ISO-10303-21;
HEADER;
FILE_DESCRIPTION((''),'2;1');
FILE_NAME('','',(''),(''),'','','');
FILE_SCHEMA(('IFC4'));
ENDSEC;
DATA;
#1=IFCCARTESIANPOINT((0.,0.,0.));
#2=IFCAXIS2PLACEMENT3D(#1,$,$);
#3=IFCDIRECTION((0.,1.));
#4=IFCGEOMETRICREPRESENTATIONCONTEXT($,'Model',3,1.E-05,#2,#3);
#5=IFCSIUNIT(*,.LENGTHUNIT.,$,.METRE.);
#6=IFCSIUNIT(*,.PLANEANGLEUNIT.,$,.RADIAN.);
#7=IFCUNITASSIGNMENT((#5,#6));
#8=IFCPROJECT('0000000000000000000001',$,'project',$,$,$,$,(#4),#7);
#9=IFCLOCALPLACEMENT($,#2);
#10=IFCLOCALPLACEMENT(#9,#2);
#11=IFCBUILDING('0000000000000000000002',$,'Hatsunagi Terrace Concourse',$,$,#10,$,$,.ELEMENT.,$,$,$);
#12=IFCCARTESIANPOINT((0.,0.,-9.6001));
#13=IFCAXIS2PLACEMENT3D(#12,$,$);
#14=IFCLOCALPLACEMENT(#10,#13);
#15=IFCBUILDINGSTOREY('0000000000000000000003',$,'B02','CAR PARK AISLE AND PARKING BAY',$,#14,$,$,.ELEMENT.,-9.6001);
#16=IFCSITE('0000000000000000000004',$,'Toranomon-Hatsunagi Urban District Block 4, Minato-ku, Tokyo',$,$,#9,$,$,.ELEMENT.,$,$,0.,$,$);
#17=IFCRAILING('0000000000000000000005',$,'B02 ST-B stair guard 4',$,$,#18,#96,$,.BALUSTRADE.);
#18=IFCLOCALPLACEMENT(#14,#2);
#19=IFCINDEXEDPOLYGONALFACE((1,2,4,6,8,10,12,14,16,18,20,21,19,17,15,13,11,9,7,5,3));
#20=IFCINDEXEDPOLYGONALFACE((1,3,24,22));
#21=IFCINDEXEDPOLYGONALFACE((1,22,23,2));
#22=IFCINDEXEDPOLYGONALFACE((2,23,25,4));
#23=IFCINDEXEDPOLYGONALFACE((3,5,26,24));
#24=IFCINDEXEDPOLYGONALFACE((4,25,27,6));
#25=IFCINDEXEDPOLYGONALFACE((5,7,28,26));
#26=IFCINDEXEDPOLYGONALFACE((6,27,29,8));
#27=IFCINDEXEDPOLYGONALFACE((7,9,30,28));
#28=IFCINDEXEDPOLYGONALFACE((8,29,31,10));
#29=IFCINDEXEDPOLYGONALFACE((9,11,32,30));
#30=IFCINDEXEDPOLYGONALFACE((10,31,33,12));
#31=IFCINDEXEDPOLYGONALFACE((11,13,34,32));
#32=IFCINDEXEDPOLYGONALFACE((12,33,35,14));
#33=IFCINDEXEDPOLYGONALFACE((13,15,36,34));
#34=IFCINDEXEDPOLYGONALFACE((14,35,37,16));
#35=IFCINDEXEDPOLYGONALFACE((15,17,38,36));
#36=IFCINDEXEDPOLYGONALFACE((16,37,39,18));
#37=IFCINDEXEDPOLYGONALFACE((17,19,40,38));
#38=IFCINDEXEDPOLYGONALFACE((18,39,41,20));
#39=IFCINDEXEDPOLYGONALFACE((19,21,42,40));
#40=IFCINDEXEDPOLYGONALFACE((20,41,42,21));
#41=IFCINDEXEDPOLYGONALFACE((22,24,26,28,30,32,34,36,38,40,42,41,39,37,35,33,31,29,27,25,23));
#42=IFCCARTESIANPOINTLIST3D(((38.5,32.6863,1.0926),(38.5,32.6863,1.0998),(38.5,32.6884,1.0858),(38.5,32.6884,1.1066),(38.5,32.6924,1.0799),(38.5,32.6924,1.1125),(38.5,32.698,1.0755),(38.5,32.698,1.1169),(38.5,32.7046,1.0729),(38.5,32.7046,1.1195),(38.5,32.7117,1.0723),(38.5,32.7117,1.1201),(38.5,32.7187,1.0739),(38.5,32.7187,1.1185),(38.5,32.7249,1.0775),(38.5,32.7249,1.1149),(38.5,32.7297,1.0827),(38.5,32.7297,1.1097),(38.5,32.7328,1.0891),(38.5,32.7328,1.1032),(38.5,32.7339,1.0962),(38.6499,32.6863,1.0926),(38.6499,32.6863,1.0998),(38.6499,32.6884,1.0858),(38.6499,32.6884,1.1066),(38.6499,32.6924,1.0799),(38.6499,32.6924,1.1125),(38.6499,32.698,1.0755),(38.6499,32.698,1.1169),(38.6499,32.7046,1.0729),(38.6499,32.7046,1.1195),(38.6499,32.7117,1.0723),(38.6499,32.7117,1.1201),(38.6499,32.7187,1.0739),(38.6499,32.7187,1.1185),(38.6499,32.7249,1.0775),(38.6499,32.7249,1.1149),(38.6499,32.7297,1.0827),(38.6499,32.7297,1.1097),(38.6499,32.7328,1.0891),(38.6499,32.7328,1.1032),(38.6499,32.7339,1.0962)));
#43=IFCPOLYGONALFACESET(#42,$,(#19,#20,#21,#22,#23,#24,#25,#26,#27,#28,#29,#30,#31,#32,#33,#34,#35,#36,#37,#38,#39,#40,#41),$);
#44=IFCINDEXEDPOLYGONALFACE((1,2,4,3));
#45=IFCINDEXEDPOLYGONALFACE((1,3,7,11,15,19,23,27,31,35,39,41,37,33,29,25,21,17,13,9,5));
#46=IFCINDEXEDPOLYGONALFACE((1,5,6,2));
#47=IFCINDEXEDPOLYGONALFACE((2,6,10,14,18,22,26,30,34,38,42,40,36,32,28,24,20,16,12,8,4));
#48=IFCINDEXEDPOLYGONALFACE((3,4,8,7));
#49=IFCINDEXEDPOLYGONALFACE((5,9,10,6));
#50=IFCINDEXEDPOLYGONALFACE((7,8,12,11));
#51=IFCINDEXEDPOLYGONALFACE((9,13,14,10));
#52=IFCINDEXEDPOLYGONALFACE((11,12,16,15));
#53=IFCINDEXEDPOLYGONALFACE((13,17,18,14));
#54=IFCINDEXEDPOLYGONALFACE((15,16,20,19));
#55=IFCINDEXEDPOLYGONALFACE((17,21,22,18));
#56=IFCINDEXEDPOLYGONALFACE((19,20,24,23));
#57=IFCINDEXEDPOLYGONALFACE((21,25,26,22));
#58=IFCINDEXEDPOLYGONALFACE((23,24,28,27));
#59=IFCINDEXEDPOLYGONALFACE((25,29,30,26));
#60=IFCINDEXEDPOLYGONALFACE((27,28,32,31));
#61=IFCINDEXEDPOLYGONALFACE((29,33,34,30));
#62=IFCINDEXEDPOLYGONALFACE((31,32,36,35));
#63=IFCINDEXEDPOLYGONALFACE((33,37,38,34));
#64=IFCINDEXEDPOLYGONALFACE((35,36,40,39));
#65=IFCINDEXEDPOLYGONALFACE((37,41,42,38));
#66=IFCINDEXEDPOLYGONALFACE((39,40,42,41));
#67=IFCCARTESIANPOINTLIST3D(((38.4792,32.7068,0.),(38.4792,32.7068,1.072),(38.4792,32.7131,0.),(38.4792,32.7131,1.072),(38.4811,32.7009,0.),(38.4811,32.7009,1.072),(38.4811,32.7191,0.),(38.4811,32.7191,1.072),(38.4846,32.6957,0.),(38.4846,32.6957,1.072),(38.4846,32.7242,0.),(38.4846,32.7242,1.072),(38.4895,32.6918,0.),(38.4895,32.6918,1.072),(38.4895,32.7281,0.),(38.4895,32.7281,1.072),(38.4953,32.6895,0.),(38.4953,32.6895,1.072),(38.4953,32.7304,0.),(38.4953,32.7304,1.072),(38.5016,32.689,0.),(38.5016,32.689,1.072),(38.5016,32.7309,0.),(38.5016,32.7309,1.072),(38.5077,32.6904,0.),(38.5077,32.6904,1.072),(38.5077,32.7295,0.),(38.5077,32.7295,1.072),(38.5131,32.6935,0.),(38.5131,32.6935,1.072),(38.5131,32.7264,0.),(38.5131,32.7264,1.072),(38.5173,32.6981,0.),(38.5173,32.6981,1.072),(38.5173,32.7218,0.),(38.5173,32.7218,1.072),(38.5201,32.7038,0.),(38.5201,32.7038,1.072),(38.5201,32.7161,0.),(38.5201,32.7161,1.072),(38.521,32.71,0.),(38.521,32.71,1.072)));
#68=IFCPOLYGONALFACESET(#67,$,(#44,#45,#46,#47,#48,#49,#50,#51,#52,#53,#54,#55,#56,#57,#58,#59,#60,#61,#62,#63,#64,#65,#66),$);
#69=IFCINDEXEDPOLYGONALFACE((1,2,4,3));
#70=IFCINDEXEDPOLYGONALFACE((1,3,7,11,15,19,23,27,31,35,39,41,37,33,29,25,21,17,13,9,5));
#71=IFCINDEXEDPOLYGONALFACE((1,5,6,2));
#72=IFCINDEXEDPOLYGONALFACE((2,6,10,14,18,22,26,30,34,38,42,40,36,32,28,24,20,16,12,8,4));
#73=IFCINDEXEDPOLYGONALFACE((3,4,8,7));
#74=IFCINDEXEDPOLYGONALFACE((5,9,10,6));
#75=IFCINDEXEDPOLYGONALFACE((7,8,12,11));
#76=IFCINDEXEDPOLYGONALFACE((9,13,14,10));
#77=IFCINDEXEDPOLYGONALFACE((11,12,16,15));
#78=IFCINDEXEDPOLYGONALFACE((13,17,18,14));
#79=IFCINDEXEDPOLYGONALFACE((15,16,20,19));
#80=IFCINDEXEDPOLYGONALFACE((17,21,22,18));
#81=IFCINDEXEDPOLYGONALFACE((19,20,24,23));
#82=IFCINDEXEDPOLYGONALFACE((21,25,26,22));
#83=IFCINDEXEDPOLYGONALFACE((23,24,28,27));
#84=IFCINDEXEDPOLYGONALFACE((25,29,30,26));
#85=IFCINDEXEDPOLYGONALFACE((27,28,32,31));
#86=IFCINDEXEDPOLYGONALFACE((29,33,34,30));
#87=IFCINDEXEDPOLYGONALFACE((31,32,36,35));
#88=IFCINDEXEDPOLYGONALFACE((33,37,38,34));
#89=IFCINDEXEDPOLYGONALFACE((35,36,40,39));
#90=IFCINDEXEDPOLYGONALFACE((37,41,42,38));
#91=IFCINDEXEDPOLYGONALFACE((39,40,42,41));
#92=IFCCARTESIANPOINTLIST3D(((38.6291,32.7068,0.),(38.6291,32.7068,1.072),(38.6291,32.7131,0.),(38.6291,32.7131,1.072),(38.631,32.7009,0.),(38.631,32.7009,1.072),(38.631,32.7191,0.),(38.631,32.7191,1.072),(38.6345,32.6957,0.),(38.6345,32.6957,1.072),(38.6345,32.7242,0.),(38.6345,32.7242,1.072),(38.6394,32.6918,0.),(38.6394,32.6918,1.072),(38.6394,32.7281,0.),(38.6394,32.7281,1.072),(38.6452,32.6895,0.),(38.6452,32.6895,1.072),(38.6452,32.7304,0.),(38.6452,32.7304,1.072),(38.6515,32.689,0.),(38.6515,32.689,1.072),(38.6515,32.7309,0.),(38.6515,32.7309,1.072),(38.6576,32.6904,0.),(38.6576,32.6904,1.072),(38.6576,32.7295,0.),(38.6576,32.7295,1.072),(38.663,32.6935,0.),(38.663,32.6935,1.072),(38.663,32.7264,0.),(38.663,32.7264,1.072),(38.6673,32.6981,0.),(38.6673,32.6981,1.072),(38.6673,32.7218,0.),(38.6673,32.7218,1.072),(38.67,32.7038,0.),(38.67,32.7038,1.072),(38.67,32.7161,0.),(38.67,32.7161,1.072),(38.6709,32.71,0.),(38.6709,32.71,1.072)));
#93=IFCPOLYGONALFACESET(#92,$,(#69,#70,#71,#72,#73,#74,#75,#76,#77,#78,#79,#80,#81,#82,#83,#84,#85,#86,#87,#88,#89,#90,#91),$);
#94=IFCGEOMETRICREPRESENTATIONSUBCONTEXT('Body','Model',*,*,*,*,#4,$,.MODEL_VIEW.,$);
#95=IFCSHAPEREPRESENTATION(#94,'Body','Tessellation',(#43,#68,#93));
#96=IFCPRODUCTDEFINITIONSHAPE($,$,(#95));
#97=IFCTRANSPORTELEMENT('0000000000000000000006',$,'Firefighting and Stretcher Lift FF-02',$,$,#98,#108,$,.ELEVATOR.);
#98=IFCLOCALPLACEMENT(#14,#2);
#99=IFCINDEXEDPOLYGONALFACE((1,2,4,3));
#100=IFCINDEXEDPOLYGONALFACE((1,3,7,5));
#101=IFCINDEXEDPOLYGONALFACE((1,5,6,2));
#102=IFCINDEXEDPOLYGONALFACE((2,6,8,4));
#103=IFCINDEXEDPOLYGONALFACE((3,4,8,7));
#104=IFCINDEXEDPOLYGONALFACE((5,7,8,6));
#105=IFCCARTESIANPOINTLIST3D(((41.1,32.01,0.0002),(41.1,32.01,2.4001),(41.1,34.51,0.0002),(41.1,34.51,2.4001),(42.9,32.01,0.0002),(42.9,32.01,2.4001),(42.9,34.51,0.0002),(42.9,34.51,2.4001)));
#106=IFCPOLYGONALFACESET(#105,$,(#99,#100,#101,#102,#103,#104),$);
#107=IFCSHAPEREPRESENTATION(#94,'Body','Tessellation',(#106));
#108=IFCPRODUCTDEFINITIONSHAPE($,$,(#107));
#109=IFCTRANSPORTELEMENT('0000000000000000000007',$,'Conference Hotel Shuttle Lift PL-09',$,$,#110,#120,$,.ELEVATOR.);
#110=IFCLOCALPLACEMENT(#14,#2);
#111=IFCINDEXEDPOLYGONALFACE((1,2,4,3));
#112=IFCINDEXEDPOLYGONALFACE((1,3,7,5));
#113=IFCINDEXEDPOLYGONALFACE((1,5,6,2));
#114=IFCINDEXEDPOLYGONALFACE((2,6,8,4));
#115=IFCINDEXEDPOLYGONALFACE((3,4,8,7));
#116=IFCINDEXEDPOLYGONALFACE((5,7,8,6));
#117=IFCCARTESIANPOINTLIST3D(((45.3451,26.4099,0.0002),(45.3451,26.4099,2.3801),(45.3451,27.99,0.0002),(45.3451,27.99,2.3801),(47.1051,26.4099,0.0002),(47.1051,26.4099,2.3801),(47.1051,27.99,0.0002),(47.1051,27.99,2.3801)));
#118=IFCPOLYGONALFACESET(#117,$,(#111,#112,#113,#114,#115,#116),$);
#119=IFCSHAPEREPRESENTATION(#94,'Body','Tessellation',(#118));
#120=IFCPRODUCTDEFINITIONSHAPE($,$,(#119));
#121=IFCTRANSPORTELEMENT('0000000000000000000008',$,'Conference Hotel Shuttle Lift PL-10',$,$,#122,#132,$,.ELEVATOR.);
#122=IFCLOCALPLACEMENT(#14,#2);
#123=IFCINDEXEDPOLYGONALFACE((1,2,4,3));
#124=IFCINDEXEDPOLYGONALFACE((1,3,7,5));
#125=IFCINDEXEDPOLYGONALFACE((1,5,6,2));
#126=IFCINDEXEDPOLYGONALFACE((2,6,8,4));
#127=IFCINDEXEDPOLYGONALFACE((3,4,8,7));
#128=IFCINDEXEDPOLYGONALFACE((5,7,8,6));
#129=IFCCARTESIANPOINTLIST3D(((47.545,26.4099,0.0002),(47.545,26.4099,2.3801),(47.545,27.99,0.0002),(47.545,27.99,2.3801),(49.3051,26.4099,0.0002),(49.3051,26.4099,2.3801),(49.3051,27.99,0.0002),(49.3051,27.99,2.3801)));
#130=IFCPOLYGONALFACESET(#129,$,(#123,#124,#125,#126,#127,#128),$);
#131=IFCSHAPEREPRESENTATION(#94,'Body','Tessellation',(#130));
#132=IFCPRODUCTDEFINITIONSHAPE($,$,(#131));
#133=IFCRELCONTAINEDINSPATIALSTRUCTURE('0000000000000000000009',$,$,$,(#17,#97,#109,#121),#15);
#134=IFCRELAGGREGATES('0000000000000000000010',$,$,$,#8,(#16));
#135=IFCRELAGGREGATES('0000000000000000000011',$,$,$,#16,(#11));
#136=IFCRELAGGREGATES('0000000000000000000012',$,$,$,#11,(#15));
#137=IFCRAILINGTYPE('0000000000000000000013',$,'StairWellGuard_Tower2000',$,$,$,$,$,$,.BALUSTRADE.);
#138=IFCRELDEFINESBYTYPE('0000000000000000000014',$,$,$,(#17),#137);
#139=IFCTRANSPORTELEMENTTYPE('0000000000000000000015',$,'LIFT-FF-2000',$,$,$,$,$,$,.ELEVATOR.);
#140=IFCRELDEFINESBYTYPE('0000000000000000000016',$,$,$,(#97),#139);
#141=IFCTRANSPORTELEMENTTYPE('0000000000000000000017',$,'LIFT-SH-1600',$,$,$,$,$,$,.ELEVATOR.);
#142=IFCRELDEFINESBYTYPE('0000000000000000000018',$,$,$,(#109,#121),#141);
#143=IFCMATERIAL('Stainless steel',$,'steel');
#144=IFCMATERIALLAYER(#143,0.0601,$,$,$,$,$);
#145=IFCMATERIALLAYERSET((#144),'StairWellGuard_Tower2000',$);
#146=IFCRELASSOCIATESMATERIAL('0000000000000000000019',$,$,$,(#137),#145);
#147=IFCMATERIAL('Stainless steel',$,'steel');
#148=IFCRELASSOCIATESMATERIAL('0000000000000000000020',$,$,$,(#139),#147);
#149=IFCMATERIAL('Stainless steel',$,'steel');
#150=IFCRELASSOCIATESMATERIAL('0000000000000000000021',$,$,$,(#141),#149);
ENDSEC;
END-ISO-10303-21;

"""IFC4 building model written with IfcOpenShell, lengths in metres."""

from ifc_helpers import new_model, si_unit, direction, frame, origin, origin_2d, place, context, subcontext, project, spatial, rectangle, circle, extrude, material, layer, layer_set, type_object, element, save


model = new_model("IFC4")

# Units and contexts
model_context = context("Model", 3, precision=1e-05, world=origin(), true_north=direction((0.0, 1.0)))
body_context = subcontext(model_context, "Body", "Model", "MODEL_VIEW")
ifc_project = project(units=[si_unit("LENGTHUNIT", "METRE"), si_unit("PLANEANGLEUNIT", "RADIAN")], contexts=[model_context])

# Site, building, storey
site_placement = place(None, origin())
site = spatial("IfcSite", under=ifc_project, at=site_placement, Name="Toranomon-Hatsunagi Urban District Block 4, Minato-ku, Tokyo", CompositionType="ELEMENT", RefElevation=0.0)
building_placement = place(site_placement, origin())
building = spatial("IfcBuilding", under=site, at=building_placement, Name="Hatsunagi Terrace Concourse", CompositionType="ELEMENT")
storey_placement = place(building_placement, frame((0.0, 0.0, -9.6001)))
storey = spatial("IfcBuildingStorey", under=building, at=storey_placement, Name="B02", Description="CAR PARK AISLE AND PARKING BAY", CompositionType="ELEMENT", Elevation=-9.6001)

# Railing
ifc_material_1 = material(Name="Stainless steel", Category="steel")
ifc_layer_1 = layer(ifc_material_1, 0.0601)
ifc_layer_set_1 = layer_set([ifc_layer_1], Name="StairWellGuard_Tower2000")
railing_type_1 = type_object("IfcRailingType", Name="StairWellGuard_Tower2000", PredefinedType="BALUSTRADE", material=ifc_layer_set_1)
railing_1_placement = place(storey_placement, frame((38.5, 32.71, 0.0)))
element("IfcRailing", 1, at=railing_1_placement, inside=storey, type_object=railing_type_1, Name="B02 ST-B stair guard 4", PredefinedType="BALUSTRADE", context=body_context, shape_type="SweptSolid", body=[
    extrude(circle(Radius=0.0239, at=origin_2d()), frame((0.0, 0.0, 1.0962), z_axis=(1.0, 0.0, 0.0), x_axis=(0.0, 1.0, 0.0)), (0.0, 0.0, 1.0), 0.1499),
    extrude(circle(Radius=0.021, at=origin_2d()), origin(), (0.0, 0.0, 1.0), 1.072),
    extrude(circle(Radius=0.021, at=origin_2d()), frame((0.1499, 0.0, 0.0)), (0.0, 0.0, 1.0), 1.072),
])

# Transport elements
ifc_material_2 = material(Name="Stainless steel", Category="steel")
transport_element_type_1 = type_object("IfcTransportElementType", Name="LIFT-FF-2000", PredefinedType="ELEVATOR", material=ifc_material_2)
transport_element_placement = place(storey_placement, frame((42.0, 33.26, 0.0002), z_axis=(0.0, 0.0, 1.0), x_axis=(1.0, 0.0, 0.0)))
element("IfcTransportElement", 2, at=transport_element_placement, inside=storey, type_object=transport_element_type_1, Name="Firefighting and Stretcher Lift FF-02", PredefinedType="ELEVATOR", context=body_context, shape_type="SweptSolid", body=[
    extrude(rectangle(XDim=1.8, YDim=2.5, at=origin_2d()), origin(), (0.0, 0.0, 1.0), 2.3999),
])
ifc_material_3 = material(Name="Stainless steel", Category="steel")
transport_element_type_2 = type_object("IfcTransportElementType", Name="LIFT-SH-1600", PredefinedType="ELEVATOR", material=ifc_material_3)
for number, where, z_axis, x_axis, name in (
    (3, (46.2251, 27.2, 0.0002), (0.0, 0.0, 1.0), (1.0, 0.0, 0.0), "Conference Hotel Shuttle Lift PL-09"),
    (4, (48.425, 27.2, 0.0002), (0.0, 0.0, 1.0), (1.0, 0.0, 0.0), "Conference Hotel Shuttle Lift PL-10"),
):
    element("IfcTransportElement", number, at=place(storey_placement, frame(where, z_axis=z_axis, x_axis=x_axis)), inside=storey, type_object=transport_element_type_2, Name=name, PredefinedType="ELEVATOR", context=body_context, shape_type="SweptSolid", body=[
        extrude(rectangle(XDim=1.76, YDim=1.5801, at=origin_2d()), origin(), (0.0, 0.0, 1.0), 2.3799),
    ])

save(model, "model.ifc")
